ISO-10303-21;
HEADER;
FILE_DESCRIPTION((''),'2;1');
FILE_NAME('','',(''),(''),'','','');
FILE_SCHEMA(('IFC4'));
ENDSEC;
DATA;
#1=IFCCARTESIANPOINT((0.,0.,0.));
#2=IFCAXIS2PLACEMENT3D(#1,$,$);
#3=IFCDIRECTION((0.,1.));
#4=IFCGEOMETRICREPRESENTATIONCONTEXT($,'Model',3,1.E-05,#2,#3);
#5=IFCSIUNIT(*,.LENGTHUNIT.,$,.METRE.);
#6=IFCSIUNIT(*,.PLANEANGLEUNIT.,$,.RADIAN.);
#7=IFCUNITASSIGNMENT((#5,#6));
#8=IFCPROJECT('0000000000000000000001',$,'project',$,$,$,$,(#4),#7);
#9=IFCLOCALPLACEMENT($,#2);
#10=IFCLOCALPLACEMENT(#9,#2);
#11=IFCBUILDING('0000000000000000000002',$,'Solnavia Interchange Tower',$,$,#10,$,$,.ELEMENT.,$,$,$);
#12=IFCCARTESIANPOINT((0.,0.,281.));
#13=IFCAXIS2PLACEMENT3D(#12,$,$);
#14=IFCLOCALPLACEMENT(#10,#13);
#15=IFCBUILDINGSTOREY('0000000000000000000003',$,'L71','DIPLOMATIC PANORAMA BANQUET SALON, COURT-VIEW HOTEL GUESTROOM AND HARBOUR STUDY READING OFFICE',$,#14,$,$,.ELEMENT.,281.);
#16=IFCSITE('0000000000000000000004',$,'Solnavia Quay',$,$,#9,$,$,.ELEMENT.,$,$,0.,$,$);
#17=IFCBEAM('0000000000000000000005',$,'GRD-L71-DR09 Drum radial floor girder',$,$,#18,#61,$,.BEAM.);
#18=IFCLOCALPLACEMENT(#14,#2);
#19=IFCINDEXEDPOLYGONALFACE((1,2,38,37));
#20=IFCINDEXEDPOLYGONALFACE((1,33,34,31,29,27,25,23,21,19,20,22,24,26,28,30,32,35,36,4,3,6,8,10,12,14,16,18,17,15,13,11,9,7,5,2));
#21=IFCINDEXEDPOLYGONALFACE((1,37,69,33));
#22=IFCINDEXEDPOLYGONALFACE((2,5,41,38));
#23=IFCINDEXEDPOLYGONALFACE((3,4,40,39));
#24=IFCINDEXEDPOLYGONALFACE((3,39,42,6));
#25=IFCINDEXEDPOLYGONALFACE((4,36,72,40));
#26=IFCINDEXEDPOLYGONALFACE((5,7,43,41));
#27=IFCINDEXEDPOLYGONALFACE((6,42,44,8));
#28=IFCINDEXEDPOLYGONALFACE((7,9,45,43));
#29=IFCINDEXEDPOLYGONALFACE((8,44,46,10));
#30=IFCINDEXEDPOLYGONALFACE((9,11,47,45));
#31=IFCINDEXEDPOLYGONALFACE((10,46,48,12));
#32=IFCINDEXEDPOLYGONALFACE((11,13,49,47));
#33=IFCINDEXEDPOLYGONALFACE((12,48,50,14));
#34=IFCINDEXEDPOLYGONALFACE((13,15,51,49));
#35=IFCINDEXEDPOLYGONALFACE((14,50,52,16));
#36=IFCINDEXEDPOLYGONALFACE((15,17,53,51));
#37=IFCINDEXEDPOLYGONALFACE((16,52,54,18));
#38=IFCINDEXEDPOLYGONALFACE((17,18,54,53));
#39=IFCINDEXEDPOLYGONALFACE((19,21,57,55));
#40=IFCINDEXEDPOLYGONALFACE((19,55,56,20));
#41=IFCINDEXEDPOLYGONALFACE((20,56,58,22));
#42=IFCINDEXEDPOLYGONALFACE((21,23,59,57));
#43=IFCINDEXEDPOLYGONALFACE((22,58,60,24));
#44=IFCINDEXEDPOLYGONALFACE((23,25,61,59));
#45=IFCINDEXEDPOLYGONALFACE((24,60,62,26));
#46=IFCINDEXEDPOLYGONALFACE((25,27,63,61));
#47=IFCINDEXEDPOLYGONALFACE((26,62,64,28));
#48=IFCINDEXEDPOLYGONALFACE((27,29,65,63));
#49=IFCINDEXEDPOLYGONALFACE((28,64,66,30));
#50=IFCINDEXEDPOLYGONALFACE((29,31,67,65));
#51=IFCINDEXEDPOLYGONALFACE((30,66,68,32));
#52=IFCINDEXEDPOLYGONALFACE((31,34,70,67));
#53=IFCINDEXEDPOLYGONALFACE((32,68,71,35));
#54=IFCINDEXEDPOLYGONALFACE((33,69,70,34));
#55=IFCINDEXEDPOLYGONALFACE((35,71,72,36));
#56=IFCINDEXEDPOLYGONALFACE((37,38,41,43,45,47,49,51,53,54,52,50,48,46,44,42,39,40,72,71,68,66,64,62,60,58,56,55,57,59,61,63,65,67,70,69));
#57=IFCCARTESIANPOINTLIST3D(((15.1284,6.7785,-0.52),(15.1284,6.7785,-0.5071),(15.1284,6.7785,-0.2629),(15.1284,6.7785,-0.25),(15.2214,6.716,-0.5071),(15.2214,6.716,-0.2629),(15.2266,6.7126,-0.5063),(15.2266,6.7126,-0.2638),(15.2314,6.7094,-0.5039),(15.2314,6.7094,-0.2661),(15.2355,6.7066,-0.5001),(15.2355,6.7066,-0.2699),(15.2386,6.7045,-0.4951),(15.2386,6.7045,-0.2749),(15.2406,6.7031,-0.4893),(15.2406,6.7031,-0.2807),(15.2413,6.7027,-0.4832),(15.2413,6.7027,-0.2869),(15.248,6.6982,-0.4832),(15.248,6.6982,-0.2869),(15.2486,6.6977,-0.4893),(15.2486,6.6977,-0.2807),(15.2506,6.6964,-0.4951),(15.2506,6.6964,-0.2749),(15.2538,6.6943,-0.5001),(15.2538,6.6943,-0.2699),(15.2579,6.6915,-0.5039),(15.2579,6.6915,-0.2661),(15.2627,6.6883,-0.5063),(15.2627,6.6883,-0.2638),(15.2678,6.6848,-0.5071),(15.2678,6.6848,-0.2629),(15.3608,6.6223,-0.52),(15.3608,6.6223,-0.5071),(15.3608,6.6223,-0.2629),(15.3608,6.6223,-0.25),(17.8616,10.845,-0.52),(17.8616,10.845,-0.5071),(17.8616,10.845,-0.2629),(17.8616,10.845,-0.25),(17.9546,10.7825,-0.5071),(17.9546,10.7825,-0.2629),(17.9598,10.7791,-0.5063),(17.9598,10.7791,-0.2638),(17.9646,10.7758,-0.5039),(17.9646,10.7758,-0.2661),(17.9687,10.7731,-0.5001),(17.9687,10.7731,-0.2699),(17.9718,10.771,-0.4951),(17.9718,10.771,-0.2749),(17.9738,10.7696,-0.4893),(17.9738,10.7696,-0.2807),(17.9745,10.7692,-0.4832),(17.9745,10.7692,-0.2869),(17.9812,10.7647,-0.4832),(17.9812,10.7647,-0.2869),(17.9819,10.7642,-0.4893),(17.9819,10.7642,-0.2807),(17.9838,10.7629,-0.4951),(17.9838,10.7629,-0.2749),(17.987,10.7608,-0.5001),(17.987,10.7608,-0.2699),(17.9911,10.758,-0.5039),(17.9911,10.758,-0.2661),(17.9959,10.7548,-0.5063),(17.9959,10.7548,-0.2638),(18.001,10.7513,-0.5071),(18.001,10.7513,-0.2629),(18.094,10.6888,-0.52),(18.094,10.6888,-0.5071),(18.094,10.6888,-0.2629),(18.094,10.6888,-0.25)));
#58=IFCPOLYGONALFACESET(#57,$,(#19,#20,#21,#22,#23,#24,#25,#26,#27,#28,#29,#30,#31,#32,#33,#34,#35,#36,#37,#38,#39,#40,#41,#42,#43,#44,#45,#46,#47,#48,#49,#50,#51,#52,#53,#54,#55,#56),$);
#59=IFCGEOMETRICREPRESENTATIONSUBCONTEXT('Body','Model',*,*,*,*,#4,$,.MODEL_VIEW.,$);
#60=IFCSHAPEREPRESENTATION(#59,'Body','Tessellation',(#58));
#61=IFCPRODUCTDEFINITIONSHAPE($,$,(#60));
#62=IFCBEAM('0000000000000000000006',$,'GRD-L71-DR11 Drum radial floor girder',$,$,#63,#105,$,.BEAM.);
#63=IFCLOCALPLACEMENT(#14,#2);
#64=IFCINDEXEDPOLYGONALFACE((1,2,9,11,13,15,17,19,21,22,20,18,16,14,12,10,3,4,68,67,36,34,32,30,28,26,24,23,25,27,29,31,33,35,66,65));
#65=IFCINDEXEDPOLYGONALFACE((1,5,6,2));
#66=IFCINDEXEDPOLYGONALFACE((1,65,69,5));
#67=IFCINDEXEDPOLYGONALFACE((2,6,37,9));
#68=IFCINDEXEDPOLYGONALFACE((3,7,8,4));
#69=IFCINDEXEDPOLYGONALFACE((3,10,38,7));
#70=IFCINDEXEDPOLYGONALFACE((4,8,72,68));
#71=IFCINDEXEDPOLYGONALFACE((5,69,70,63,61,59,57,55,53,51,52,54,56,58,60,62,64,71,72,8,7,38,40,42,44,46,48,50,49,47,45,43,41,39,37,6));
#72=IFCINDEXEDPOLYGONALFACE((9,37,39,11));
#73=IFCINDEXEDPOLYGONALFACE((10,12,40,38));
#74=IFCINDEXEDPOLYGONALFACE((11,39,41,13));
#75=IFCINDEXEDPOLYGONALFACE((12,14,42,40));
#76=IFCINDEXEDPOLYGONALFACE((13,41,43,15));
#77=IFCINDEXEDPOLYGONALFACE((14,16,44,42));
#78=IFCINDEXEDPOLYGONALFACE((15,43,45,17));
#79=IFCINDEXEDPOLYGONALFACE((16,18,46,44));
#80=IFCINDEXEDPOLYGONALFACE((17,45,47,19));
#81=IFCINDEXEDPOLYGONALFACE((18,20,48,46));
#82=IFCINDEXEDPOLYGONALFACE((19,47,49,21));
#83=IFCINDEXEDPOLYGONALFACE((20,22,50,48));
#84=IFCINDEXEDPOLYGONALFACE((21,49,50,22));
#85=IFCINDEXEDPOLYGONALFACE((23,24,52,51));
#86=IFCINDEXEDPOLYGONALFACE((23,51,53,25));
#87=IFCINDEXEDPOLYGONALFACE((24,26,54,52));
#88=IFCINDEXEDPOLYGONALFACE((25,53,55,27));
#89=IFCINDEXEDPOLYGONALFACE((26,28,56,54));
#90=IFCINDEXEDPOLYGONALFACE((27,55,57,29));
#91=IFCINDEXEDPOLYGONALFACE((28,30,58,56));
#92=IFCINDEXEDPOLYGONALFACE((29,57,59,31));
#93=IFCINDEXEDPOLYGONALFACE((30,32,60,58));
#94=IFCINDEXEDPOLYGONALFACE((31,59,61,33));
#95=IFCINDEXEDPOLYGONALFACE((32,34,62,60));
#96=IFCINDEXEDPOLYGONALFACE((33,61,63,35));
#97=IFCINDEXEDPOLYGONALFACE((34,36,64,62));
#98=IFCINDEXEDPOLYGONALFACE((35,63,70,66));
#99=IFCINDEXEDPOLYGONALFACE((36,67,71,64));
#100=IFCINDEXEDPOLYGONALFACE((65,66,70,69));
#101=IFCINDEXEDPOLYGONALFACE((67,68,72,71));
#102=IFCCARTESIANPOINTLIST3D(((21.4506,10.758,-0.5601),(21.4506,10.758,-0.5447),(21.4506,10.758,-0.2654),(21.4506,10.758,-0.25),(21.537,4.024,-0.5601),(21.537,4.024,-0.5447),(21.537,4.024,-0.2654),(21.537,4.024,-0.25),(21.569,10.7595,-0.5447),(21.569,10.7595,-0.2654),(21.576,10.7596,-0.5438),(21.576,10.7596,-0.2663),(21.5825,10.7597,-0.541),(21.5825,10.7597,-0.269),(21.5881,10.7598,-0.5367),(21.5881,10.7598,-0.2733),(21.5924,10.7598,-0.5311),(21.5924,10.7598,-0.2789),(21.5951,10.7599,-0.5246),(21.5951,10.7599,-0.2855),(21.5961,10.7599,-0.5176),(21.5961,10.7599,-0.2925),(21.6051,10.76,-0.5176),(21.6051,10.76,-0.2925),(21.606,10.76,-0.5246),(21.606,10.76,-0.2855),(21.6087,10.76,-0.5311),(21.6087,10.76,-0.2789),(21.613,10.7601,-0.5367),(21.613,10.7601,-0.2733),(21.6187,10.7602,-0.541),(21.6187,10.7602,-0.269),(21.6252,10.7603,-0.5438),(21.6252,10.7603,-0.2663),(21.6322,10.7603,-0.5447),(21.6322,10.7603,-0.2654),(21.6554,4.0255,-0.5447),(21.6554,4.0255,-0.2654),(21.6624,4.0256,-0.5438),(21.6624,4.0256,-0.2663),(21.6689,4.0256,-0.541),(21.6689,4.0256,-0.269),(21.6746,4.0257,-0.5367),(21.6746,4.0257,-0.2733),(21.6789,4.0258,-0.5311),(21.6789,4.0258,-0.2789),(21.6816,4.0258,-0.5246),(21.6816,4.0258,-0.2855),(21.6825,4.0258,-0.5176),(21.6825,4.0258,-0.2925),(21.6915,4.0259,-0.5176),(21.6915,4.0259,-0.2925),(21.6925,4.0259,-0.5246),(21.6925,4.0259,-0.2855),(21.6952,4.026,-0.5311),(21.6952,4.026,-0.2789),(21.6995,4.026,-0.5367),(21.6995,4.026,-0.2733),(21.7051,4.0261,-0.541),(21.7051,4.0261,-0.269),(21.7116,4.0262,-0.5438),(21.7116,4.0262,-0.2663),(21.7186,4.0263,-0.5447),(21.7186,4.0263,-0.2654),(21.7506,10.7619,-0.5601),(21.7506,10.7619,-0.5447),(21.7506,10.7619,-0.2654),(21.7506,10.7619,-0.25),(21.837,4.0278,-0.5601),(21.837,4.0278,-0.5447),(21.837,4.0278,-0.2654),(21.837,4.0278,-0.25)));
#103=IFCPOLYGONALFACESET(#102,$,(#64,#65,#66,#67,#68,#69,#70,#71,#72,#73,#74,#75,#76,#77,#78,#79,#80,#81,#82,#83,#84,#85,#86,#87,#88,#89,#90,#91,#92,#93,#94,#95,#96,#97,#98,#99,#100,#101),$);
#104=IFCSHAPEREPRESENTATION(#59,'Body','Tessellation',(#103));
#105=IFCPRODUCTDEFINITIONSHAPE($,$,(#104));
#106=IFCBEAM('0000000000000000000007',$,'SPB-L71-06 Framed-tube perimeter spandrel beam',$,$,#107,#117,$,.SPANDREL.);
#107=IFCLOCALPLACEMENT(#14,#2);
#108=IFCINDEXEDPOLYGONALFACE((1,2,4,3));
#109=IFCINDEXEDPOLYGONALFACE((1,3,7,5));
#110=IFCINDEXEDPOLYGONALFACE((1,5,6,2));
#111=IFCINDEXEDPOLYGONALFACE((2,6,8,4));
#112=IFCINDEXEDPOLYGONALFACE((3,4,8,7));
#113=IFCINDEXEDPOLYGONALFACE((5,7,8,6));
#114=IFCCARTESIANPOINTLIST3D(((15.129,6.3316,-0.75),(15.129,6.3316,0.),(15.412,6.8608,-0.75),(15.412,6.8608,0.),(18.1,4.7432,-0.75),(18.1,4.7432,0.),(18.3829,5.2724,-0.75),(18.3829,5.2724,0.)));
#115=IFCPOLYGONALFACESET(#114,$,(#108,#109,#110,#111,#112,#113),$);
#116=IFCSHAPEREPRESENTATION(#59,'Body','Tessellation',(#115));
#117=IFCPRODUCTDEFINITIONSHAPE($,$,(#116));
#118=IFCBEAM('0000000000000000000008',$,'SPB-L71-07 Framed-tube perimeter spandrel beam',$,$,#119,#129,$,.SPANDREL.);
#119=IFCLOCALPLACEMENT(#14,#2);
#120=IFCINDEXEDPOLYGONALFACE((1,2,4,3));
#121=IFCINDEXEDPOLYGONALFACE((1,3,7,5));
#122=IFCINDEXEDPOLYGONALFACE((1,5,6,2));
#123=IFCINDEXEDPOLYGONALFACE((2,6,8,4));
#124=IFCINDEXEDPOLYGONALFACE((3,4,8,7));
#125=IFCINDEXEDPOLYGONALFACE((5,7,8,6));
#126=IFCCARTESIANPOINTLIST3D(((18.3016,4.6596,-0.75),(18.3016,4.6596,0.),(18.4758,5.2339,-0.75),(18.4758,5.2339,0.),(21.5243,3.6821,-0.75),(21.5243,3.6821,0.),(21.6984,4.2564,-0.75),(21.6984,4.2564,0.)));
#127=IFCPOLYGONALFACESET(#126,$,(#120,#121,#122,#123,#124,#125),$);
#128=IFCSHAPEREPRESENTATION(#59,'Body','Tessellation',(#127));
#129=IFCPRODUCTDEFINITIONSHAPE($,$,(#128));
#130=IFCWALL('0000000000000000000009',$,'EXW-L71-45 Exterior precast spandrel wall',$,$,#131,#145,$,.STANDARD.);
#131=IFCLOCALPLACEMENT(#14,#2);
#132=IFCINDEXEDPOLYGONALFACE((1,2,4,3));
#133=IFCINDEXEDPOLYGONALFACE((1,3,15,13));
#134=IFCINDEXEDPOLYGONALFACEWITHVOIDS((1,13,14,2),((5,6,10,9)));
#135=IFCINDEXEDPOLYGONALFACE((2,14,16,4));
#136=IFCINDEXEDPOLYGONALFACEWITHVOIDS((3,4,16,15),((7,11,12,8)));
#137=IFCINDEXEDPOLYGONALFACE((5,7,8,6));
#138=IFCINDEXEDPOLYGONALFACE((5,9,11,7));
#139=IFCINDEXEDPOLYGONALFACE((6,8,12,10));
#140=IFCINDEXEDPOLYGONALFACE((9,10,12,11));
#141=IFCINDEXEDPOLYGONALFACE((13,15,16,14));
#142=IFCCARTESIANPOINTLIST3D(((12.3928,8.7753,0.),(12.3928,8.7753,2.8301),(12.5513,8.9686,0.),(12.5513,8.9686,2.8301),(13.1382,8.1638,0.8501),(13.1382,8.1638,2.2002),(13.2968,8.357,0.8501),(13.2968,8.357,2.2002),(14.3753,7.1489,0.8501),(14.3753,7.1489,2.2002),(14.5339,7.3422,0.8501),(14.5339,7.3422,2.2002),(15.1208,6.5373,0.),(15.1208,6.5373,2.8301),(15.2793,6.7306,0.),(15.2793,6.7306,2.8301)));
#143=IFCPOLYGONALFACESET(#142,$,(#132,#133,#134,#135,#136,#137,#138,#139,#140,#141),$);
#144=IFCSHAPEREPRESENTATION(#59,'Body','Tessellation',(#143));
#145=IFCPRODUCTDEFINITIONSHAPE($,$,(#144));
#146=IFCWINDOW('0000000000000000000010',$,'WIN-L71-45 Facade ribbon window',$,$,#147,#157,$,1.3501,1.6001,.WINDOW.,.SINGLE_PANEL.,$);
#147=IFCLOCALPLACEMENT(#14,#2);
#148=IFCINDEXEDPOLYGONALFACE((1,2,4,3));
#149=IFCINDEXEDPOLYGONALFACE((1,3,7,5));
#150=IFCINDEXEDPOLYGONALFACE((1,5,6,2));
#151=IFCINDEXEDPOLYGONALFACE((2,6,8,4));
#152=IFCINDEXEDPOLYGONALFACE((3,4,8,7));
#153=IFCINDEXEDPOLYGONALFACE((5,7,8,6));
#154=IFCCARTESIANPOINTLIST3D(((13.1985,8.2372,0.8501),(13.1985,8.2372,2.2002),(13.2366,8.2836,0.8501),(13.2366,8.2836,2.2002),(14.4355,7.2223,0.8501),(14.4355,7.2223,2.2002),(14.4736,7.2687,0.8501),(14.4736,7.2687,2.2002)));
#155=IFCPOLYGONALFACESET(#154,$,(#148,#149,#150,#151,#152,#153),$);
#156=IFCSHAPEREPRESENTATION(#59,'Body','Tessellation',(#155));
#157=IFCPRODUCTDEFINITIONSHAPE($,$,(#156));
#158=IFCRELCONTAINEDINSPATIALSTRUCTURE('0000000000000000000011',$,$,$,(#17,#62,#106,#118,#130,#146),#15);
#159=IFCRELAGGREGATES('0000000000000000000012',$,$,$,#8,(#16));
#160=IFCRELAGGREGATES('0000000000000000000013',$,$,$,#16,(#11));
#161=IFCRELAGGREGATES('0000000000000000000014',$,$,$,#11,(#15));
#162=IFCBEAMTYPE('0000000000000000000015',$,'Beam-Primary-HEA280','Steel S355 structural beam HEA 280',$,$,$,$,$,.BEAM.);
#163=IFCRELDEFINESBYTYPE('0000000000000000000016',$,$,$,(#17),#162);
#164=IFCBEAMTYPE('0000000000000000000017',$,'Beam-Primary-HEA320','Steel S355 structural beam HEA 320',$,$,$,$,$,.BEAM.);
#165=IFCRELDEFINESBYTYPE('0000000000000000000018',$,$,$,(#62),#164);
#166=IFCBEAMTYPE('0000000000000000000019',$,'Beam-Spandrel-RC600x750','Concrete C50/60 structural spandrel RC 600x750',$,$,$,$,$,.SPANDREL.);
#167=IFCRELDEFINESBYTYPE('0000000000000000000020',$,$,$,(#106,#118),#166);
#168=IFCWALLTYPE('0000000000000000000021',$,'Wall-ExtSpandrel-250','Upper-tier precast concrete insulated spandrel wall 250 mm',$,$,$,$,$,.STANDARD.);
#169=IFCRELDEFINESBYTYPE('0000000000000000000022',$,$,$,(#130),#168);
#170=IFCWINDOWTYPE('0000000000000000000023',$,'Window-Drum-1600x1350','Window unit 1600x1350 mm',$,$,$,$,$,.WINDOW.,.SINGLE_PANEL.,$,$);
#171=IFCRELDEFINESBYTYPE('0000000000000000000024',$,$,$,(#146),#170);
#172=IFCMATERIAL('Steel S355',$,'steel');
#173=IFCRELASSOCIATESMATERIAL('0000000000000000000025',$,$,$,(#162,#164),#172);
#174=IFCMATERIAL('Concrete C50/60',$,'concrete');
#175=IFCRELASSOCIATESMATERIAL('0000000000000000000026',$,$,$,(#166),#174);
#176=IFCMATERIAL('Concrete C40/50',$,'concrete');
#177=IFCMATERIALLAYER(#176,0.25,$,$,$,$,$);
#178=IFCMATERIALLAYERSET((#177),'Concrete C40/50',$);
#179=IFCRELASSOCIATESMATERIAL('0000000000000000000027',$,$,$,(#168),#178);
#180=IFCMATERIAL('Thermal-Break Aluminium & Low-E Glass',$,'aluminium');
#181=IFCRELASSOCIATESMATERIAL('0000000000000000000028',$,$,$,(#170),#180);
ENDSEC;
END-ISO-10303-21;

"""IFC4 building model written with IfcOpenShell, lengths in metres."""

from ifc_helpers import new_model, si_unit, direction, frame, frame_2d, origin, origin_2d, place, context, subcontext, project, spatial, rectangle, i_section, extrude, material, layer, layer_set, material_profile, profile_set, type_object, element, fill, save


model = new_model("IFC4")

# Units and contexts
model_context = context("Model", 3, precision=1e-05, world=origin(), true_north=direction((0.0, 1.0)))
body_context = subcontext(model_context, "Body", "Model", "MODEL_VIEW")
ifc_project = project(units=[si_unit("LENGTHUNIT", "METRE"), si_unit("PLANEANGLEUNIT", "RADIAN")], contexts=[model_context])

# Site, building, storey
site_placement = place(None, origin())
site = spatial("IfcSite", under=ifc_project, at=site_placement, Name="Solnavia Quay", CompositionType="ELEMENT", RefElevation=0.0)
building_placement = place(site_placement, origin())
building = spatial("IfcBuilding", under=site, at=building_placement, Name="Solnavia Interchange Tower", CompositionType="ELEMENT")
storey_placement = place(building_placement, frame((0.0, 0.0, 281.0)))
storey = spatial("IfcBuildingStorey", under=building, at=storey_placement, Name="L71", Description="DIPLOMATIC PANORAMA BANQUET SALON, COURT-VIEW HOTEL GUESTROOM AND HARBOUR STUDY READING OFFICE", CompositionType="ELEMENT", Elevation=281.0)

# Shared definitions
ifc_material_1 = material(Name="Concrete C50/60", Category="concrete")

# Beams
ifc_material_2 = material(Name="Steel S355", Category="steel")
ifc_material_profile_1 = material_profile(ifc_material_2, i_section(OverallWidth=0.28, OverallDepth=0.27, WebThickness=0.0081, FlangeThickness=0.0129, FilletRadius=0.0239, at=origin_2d()), Name="HEA 280")
ifc_profile_set_1 = profile_set([ifc_material_profile_1], Name="Steel S355")
beam_type_1 = type_object("IfcBeamType", Name="Beam-Primary-HEA280", Description="Steel S355 structural beam HEA 280", PredefinedType="BEAM", material=ifc_profile_set_1)
beam_1_placement = place(storey_placement, frame((15.2446, 6.7004, -0.385), z_axis=(0.557835, 0.829952, 0.0), x_axis=(-0.829952, 0.557835, 0.0)))
element("IfcBeam", 1, at=beam_1_placement, inside=storey, type_object=beam_type_1, Name="GRD-L71-DR09 Drum radial floor girder", PredefinedType="BEAM", context=body_context, shape_type="SweptSolid", body=[
    extrude(i_section(OverallWidth=0.28, OverallDepth=0.27, WebThickness=0.0081, FlangeThickness=0.0129, FilletRadius=0.0239, at=origin_2d()), origin(), (0.0, 0.0, 1.0), 4.8997),
])
ifc_material_profile_2 = material_profile(ifc_material_2, i_section(OverallWidth=0.3, OverallDepth=0.3101, WebThickness=0.009, FlangeThickness=0.0154, FilletRadius=0.0271, at=origin_2d()), Name="HEA 320")
ifc_profile_set_2 = profile_set([ifc_material_profile_2], Name="Steel S355")
beam_type_2 = type_object("IfcBeamType", Name="Beam-Primary-HEA320", Description="Steel S355 structural beam HEA 320", PredefinedType="BEAM", material=ifc_profile_set_2)
beam_2_placement = place(storey_placement, frame((21.687, 4.0259, -0.405), z_axis=(-0.012833, 0.999918, 0.0), x_axis=(-0.999918, -0.012833, 0.0)))
element("IfcBeam", 2, at=beam_2_placement, inside=storey, type_object=beam_type_2, Name="GRD-L71-DR11 Drum radial floor girder", PredefinedType="BEAM", context=body_context, shape_type="SweptSolid", body=[
    extrude(i_section(OverallWidth=0.3, OverallDepth=0.3101, WebThickness=0.009, FlangeThickness=0.0154, FilletRadius=0.0271, at=origin_2d()), origin(), (0.0, 0.0, 1.0), 6.7346),
])
ifc_material_profile_3 = material_profile(ifc_material_1, rectangle(XDim=0.6001, YDim=0.75, at=origin_2d()), Name="RC 600x750")
ifc_profile_set_3 = profile_set([ifc_material_profile_3], Name="Concrete C50/60")
beam_type_3 = type_object("IfcBeamType", Name="Beam-Spandrel-RC600x750", Description="Concrete C50/60 structural spandrel RC 600x750", PredefinedType="SPANDREL", material=ifc_profile_set_3)
beam_3_placement = place(storey_placement, frame((15.2705, 6.5962, -0.375), z_axis=(0.881875, -0.471483, 0.0), x_axis=(0.471483, 0.881875, 0.0)))
element("IfcBeam", 3, at=beam_3_placement, inside=storey, type_object=beam_type_3, Name="SPB-L71-06 Framed-tube perimeter spandrel beam", PredefinedType="SPANDREL", context=body_context, shape_type="SweptSolid", body=[
    extrude(rectangle(XDim=0.6001, YDim=0.75, at=origin_2d()), origin(), (0.0, 0.0, 1.0), 3.3689),
])
beam_4_placement = place(storey_placement, frame((18.3887, 4.9468, -0.375), z_axis=(0.956944, -0.290273, 0.0), x_axis=(0.290273, 0.956944, 0.0)))
element("IfcBeam", 4, at=beam_4_placement, inside=storey, type_object=beam_type_3, Name="SPB-L71-07 Framed-tube perimeter spandrel beam", PredefinedType="SPANDREL", context=body_context, shape_type="SweptSolid", body=[
    extrude(rectangle(XDim=0.6001, YDim=0.75, at=origin_2d()), origin(), (0.0, 0.0, 1.0), 3.3677),
])

# Wall, opening, window
ifc_material_3 = material(Name="Concrete C40/50", Category="concrete")
ifc_layer_1 = layer(ifc_material_3, 0.25)
ifc_layer_set_1 = layer_set([ifc_layer_1], Name="Concrete C40/50")
wall_type_1 = type_object("IfcWallType", Name="Wall-ExtSpandrel-250", Description="Upper-tier precast concrete insulated spandrel wall 250 mm", PredefinedType="STANDARD", material=ifc_layer_set_1)
wall_1_placement = place(storey_placement, frame((15.2, 6.634, 0.0), z_axis=(0.0, 0.0, 1.0), x_axis=(-0.773121, 0.634258, 0.0)))
wall_1 = element("IfcWall", 5, at=wall_1_placement, inside=storey, type_object=wall_type_1, Name="EXW-L71-45 Exterior precast spandrel wall", PredefinedType="STANDARD", context=body_context, shape_type="SweptSolid", body=[
    extrude(rectangle(XDim=3.5286, YDim=0.25, at=frame_2d((1.7642, 0.0))), origin(), (0.0, 0.0, 1.0), 2.8301),
])
opening_1_placement = place(wall_1_placement, frame((0.9641, 0.0, 0.8501)))
opening_1 = element("IfcOpeningElement", 6, at=opening_1_placement, cuts=wall_1, PredefinedType="OPENING", context=body_context, shape_type="SweptSolid", body=[
    extrude(rectangle(XDim=1.6001, YDim=1.3501, at=frame_2d((0.8, 0.675))), frame((0.0, 0.135, 0.0), z_axis=(0.0, -1.0, 0.0), x_axis=(1.0, 0.0, 0.0)), (0.0, 0.0, 1.0), 0.27),
])
ifc_material_4 = material(Name="Thermal-Break Aluminium & Low-E Glass", Category="aluminium")
window_type = type_object("IfcWindowType", Name="Window-Drum-1600x1350", Description="Window unit 1600x1350 mm", PartitioningType="SINGLE_PANEL", PredefinedType="WINDOW", material=ifc_material_4)
window_1_placement = place(opening_1_placement, origin())
window_1 = element("IfcWindow", 7, at=window_1_placement, inside=storey, type_object=window_type, Name="WIN-L71-45 Facade ribbon window", OverallHeight=1.3501, OverallWidth=1.6001, PartitioningType="SINGLE_PANEL", PredefinedType="WINDOW", context=body_context, shape_type="SweptSolid", body=[
    extrude(rectangle(XDim=1.6001, YDim=1.3501, at=frame_2d((0.8, 0.675))), frame((0.0, 0.03, 0.0), z_axis=(0.0, -1.0, 0.0), x_axis=(1.0, 0.0, 0.0)), (0.0, 0.0, 1.0), 0.0601),
])
fill(opening_1, window_1)

save(model, "model.ifc")
